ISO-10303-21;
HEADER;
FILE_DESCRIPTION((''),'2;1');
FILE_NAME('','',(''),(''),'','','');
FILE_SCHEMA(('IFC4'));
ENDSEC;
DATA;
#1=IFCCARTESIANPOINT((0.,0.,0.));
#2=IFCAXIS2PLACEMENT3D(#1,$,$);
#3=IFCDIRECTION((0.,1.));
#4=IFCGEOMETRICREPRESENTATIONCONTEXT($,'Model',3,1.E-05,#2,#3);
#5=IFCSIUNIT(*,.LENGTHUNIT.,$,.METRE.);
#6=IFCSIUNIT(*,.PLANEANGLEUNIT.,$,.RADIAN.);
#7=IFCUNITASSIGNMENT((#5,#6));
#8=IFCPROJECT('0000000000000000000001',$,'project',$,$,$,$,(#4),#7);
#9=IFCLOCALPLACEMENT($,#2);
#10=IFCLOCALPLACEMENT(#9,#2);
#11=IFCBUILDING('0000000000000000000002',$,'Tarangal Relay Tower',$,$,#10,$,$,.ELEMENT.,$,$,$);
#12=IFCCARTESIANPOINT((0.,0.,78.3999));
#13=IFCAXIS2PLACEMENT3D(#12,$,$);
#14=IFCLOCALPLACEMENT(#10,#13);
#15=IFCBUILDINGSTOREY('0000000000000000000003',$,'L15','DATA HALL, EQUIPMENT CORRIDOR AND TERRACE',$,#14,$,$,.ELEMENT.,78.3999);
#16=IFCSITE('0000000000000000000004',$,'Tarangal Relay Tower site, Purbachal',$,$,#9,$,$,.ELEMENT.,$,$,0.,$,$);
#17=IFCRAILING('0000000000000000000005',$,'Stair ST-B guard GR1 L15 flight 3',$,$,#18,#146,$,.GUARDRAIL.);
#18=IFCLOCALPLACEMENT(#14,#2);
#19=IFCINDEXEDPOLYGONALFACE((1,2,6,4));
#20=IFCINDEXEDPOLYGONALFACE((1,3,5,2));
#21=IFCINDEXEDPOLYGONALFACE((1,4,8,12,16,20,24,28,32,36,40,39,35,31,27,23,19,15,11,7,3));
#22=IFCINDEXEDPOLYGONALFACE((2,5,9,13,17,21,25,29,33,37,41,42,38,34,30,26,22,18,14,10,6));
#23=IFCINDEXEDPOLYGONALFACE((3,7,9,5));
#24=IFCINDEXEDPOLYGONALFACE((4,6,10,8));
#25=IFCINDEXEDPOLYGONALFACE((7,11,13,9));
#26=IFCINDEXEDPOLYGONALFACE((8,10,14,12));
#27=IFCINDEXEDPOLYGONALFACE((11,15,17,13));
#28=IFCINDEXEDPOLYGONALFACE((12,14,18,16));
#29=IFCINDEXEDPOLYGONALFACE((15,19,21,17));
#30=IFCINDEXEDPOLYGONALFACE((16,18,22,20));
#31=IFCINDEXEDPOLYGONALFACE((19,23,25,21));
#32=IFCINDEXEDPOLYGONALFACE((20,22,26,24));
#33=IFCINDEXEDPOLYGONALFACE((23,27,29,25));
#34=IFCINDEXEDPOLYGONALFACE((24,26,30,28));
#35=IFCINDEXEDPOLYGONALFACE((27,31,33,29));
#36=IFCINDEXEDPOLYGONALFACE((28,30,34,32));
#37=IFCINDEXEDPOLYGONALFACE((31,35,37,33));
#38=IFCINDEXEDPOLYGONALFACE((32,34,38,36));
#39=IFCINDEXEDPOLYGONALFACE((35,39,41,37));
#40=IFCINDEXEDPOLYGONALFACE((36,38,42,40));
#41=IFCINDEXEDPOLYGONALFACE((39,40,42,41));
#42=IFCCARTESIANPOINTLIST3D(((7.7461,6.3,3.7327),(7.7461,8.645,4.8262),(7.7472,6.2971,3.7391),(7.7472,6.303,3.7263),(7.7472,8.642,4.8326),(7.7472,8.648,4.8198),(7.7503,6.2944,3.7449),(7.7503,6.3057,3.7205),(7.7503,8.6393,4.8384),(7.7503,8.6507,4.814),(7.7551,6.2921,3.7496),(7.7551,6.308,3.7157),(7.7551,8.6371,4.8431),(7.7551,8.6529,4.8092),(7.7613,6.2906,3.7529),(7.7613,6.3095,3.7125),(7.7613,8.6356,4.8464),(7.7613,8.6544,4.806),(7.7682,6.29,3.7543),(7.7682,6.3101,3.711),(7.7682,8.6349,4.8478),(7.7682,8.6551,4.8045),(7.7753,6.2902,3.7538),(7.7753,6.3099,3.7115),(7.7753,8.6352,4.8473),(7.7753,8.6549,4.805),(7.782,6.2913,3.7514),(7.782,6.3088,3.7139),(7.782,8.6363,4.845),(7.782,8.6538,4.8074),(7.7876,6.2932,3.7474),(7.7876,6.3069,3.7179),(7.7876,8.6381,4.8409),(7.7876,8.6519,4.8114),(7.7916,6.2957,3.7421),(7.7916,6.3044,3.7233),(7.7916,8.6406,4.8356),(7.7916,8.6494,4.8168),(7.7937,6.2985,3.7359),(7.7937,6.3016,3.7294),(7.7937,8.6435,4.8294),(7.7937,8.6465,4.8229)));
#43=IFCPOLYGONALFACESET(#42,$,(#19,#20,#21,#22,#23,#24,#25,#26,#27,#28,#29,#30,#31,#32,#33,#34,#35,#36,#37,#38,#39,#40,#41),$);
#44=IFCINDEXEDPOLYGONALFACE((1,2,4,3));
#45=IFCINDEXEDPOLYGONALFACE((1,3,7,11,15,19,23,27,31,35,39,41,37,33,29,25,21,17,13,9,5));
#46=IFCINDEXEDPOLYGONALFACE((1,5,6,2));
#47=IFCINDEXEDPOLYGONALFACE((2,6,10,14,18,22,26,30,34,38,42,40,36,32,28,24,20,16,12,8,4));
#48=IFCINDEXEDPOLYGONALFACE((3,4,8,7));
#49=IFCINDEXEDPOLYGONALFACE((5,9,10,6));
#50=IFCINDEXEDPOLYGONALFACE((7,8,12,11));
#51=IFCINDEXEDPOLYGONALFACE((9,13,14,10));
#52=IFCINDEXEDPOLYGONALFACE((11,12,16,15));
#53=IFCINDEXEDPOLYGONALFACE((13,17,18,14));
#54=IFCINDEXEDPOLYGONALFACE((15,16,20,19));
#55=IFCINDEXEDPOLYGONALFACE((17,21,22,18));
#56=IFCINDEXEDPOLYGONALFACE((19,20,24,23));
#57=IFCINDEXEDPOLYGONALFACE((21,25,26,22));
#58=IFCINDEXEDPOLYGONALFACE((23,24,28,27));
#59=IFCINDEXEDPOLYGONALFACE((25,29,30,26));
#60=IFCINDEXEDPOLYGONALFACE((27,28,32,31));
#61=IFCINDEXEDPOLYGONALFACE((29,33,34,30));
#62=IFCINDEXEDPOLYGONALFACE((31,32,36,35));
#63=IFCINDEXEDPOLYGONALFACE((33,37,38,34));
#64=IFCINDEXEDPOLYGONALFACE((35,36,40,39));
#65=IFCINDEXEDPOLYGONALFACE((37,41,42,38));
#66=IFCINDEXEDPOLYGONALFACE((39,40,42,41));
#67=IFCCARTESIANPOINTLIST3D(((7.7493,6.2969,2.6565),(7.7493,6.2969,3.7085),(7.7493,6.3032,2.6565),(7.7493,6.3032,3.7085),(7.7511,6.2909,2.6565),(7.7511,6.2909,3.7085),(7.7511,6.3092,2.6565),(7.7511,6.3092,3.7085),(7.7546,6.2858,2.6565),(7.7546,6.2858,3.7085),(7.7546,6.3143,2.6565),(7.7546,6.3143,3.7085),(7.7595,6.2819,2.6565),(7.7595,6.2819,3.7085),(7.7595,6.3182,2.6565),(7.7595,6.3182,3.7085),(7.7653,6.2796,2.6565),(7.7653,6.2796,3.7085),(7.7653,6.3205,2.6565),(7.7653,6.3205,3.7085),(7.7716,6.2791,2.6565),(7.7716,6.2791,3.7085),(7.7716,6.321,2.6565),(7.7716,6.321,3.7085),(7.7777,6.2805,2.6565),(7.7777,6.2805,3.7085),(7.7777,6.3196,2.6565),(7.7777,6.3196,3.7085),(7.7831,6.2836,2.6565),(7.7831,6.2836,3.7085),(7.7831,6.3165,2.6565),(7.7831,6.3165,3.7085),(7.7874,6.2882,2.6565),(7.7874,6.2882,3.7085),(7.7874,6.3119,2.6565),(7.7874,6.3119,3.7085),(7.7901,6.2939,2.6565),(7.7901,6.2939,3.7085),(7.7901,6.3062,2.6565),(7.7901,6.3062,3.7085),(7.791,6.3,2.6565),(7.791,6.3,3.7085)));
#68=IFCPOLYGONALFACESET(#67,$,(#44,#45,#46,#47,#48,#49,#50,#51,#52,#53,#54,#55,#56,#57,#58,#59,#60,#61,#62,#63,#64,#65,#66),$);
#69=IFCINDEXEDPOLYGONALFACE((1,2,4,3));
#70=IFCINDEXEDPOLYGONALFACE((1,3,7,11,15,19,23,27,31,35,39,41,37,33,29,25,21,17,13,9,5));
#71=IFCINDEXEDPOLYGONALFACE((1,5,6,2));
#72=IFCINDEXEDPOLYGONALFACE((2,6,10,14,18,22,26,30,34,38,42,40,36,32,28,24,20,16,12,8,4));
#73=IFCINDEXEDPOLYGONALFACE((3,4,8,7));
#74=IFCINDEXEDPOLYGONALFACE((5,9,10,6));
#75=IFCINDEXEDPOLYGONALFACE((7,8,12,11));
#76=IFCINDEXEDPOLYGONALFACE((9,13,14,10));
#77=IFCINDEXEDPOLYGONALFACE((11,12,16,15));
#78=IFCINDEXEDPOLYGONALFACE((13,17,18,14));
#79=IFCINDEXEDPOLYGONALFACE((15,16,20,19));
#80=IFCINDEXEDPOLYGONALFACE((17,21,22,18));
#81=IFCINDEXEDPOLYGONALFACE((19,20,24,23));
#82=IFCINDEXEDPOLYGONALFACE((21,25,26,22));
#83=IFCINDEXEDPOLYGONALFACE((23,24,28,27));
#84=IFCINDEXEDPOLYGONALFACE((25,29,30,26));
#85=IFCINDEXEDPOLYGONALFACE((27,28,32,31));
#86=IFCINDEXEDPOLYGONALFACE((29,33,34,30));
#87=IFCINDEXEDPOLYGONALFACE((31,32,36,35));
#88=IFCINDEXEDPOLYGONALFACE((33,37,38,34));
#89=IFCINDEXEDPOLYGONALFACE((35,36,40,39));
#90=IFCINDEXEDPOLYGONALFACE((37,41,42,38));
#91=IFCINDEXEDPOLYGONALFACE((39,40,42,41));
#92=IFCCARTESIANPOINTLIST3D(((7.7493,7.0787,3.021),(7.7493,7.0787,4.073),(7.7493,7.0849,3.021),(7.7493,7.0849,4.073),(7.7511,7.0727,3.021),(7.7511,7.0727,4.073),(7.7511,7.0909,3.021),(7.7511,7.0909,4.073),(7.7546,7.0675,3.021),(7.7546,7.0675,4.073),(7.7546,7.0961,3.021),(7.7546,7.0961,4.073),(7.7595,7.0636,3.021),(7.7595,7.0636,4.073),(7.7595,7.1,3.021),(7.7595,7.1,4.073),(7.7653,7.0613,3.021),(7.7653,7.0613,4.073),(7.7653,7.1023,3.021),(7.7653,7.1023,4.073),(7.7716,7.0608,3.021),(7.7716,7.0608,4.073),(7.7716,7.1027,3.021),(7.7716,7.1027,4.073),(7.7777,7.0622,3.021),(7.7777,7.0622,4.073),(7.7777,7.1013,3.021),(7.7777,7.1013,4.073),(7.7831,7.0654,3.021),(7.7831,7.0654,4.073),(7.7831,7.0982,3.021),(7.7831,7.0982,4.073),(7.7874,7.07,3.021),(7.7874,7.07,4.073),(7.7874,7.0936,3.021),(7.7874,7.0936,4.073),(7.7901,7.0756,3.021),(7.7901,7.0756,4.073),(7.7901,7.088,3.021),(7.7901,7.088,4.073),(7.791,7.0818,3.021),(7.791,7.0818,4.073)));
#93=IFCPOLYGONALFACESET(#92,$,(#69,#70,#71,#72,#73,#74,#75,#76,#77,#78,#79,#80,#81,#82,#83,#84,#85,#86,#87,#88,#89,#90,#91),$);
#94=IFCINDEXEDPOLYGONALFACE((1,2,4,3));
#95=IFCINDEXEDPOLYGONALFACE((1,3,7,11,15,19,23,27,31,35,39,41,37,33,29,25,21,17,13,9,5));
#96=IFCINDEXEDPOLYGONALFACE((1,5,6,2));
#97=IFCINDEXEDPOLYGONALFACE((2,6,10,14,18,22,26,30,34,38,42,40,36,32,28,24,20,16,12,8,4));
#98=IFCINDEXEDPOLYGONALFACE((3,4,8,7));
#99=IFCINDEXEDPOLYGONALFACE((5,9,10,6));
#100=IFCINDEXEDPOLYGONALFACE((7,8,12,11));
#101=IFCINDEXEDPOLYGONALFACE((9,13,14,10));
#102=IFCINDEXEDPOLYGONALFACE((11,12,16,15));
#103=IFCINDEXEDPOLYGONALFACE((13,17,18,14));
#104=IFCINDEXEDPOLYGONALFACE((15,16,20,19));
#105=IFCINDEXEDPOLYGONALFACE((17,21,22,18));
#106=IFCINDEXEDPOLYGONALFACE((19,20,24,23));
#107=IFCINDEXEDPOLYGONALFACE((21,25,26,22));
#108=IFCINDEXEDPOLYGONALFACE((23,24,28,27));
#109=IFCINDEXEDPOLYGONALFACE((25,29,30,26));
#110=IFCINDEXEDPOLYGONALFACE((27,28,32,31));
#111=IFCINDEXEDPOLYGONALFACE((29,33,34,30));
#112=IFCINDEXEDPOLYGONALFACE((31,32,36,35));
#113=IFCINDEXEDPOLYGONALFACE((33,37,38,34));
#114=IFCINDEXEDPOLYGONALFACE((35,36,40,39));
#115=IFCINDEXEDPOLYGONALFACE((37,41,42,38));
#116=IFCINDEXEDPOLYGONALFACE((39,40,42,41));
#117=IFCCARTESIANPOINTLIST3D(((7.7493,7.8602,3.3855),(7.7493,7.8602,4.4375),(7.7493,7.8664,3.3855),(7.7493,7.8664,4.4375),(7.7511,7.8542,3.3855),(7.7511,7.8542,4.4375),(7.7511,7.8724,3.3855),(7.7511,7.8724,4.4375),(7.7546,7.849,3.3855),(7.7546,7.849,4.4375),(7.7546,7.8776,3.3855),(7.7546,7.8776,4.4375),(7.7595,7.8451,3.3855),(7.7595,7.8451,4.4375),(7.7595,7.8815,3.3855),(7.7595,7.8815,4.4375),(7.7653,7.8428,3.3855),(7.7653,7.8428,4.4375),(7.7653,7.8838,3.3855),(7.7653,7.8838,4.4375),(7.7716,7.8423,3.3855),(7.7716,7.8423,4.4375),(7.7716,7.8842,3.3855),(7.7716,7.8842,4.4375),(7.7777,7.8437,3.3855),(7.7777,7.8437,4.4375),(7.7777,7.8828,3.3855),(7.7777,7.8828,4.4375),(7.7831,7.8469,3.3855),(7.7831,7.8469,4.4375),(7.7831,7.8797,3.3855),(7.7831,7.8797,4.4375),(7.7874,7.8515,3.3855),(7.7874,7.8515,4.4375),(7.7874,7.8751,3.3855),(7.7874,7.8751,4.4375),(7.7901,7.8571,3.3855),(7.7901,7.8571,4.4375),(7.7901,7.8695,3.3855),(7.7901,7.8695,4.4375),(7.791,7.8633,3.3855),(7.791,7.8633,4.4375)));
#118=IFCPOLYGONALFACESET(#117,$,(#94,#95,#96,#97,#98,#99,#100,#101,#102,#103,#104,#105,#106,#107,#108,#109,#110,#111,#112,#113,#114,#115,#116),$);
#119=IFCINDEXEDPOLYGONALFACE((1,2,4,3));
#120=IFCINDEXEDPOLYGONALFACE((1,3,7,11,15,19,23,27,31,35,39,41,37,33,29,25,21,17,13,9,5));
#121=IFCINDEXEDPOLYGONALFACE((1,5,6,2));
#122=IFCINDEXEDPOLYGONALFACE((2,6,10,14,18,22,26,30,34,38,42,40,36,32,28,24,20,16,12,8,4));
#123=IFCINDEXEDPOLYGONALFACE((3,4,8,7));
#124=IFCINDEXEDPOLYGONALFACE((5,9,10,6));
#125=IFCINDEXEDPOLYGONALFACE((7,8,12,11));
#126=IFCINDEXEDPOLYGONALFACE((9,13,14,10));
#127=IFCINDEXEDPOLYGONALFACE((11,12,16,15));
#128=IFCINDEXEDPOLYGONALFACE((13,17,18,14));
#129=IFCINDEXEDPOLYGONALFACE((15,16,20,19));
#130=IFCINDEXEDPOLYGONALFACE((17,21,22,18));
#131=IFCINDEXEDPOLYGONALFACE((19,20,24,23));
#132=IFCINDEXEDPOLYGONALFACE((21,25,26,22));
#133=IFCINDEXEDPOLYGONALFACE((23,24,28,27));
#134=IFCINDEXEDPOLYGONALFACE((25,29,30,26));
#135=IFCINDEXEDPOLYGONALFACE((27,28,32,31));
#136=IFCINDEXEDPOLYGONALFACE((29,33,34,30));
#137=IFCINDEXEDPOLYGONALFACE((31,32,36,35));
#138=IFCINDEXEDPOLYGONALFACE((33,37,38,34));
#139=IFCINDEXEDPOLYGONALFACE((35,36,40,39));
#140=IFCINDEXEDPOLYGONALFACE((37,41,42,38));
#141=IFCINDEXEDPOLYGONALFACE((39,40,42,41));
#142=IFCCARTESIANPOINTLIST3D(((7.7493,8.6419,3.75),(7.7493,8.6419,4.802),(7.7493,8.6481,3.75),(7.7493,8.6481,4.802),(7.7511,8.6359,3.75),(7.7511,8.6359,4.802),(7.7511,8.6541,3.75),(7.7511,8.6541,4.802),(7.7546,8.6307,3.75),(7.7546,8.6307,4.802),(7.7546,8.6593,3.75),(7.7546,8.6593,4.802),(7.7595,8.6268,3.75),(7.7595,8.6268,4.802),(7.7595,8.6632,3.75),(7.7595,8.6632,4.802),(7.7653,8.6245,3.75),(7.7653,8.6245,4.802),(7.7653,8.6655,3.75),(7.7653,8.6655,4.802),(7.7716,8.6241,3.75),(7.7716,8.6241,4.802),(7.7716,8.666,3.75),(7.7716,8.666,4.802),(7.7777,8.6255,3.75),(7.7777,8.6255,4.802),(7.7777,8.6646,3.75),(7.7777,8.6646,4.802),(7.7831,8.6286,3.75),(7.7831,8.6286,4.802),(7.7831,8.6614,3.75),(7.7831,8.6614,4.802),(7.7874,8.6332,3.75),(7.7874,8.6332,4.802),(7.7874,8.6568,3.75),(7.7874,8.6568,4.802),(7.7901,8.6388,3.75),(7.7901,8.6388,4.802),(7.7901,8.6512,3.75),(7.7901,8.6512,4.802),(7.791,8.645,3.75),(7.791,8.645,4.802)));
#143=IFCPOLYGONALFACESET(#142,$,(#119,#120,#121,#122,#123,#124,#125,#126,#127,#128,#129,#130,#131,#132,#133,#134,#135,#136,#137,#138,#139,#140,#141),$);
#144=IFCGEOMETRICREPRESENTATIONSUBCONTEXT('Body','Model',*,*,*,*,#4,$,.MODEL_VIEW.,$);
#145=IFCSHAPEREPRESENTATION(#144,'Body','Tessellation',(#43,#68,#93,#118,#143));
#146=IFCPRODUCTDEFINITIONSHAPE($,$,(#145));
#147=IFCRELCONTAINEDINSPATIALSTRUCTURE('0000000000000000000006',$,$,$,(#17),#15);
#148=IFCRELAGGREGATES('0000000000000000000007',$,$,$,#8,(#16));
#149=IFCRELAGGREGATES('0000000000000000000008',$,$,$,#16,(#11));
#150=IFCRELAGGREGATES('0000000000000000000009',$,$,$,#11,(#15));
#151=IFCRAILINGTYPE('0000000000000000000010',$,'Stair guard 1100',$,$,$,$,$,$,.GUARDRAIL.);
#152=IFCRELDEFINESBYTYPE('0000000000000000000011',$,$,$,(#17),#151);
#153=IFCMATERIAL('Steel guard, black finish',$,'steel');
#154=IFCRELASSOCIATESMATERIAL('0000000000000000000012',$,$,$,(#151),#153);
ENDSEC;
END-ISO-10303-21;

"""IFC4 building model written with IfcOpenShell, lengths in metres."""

from ifc_helpers import new_model, si_unit, direction, frame, origin, origin_2d, place, context, subcontext, project, spatial, circle, extrude, material, type_object, element, save


model = new_model("IFC4")

# Units and contexts
model_context = context("Model", 3, precision=1e-05, world=origin(), true_north=direction((0.0, 1.0)))
body_context = subcontext(model_context, "Body", "Model", "MODEL_VIEW")
ifc_project = project(units=[si_unit("LENGTHUNIT", "METRE"), si_unit("PLANEANGLEUNIT", "RADIAN")], contexts=[model_context])

# Site, building, storey
site_placement = place(None, origin())
site = spatial("IfcSite", under=ifc_project, at=site_placement, Name="Tarangal Relay Tower site, Purbachal", CompositionType="ELEMENT", RefElevation=0.0)
building_placement = place(site_placement, origin())
building = spatial("IfcBuilding", under=site, at=building_placement, Name="Tarangal Relay Tower", CompositionType="ELEMENT")
storey_placement = place(building_placement, frame((0.0, 0.0, 78.3999)))
storey = spatial("IfcBuildingStorey", under=building, at=storey_placement, Name="L15", Description="DATA HALL, EQUIPMENT CORRIDOR AND TERRACE", CompositionType="ELEMENT", Elevation=78.3999)

# Railing
ifc_material_1 = material(Name="Steel guard, black finish", Category="steel")
railing_type_1 = type_object("IfcRailingType", Name="Stair guard 1100", PredefinedType="GUARDRAIL", material=ifc_material_1)
railing_1_placement = place(storey_placement, frame((7.77, 6.3, 2.6565)))
element("IfcRailing", 1, at=railing_1_placement, inside=storey, type_object=railing_type_1, Name="Stair ST-B guard GR1 L15 flight 3", PredefinedType="GUARDRAIL", context=body_context, shape_type="SweptSolid", body=[
    extrude(circle(Radius=0.0239, at=origin_2d()), frame((0.0, 0.0, 1.0762), z_axis=(0.0, 0.906304, 0.422627), x_axis=(-1.0, 0.0, 0.0)), (0.0, 0.0, 1.0), 2.5874),
    extrude(circle(Radius=0.021, at=origin_2d()), origin(), (0.0, 0.0, 1.0), 1.052),
    extrude(circle(Radius=0.021, at=origin_2d()), frame((0.0, 0.7817, 0.3645)), (0.0, 0.0, 1.0), 1.052),
    extrude(circle(Radius=0.021, at=origin_2d()), frame((0.0, 1.5632, 0.729)), (0.0, 0.0, 1.0), 1.052),
    extrude(circle(Radius=0.021, at=origin_2d()), frame((0.0, 2.345, 1.0935)), (0.0, 0.0, 1.0), 1.052),
])

save(model, "model.ifc")
